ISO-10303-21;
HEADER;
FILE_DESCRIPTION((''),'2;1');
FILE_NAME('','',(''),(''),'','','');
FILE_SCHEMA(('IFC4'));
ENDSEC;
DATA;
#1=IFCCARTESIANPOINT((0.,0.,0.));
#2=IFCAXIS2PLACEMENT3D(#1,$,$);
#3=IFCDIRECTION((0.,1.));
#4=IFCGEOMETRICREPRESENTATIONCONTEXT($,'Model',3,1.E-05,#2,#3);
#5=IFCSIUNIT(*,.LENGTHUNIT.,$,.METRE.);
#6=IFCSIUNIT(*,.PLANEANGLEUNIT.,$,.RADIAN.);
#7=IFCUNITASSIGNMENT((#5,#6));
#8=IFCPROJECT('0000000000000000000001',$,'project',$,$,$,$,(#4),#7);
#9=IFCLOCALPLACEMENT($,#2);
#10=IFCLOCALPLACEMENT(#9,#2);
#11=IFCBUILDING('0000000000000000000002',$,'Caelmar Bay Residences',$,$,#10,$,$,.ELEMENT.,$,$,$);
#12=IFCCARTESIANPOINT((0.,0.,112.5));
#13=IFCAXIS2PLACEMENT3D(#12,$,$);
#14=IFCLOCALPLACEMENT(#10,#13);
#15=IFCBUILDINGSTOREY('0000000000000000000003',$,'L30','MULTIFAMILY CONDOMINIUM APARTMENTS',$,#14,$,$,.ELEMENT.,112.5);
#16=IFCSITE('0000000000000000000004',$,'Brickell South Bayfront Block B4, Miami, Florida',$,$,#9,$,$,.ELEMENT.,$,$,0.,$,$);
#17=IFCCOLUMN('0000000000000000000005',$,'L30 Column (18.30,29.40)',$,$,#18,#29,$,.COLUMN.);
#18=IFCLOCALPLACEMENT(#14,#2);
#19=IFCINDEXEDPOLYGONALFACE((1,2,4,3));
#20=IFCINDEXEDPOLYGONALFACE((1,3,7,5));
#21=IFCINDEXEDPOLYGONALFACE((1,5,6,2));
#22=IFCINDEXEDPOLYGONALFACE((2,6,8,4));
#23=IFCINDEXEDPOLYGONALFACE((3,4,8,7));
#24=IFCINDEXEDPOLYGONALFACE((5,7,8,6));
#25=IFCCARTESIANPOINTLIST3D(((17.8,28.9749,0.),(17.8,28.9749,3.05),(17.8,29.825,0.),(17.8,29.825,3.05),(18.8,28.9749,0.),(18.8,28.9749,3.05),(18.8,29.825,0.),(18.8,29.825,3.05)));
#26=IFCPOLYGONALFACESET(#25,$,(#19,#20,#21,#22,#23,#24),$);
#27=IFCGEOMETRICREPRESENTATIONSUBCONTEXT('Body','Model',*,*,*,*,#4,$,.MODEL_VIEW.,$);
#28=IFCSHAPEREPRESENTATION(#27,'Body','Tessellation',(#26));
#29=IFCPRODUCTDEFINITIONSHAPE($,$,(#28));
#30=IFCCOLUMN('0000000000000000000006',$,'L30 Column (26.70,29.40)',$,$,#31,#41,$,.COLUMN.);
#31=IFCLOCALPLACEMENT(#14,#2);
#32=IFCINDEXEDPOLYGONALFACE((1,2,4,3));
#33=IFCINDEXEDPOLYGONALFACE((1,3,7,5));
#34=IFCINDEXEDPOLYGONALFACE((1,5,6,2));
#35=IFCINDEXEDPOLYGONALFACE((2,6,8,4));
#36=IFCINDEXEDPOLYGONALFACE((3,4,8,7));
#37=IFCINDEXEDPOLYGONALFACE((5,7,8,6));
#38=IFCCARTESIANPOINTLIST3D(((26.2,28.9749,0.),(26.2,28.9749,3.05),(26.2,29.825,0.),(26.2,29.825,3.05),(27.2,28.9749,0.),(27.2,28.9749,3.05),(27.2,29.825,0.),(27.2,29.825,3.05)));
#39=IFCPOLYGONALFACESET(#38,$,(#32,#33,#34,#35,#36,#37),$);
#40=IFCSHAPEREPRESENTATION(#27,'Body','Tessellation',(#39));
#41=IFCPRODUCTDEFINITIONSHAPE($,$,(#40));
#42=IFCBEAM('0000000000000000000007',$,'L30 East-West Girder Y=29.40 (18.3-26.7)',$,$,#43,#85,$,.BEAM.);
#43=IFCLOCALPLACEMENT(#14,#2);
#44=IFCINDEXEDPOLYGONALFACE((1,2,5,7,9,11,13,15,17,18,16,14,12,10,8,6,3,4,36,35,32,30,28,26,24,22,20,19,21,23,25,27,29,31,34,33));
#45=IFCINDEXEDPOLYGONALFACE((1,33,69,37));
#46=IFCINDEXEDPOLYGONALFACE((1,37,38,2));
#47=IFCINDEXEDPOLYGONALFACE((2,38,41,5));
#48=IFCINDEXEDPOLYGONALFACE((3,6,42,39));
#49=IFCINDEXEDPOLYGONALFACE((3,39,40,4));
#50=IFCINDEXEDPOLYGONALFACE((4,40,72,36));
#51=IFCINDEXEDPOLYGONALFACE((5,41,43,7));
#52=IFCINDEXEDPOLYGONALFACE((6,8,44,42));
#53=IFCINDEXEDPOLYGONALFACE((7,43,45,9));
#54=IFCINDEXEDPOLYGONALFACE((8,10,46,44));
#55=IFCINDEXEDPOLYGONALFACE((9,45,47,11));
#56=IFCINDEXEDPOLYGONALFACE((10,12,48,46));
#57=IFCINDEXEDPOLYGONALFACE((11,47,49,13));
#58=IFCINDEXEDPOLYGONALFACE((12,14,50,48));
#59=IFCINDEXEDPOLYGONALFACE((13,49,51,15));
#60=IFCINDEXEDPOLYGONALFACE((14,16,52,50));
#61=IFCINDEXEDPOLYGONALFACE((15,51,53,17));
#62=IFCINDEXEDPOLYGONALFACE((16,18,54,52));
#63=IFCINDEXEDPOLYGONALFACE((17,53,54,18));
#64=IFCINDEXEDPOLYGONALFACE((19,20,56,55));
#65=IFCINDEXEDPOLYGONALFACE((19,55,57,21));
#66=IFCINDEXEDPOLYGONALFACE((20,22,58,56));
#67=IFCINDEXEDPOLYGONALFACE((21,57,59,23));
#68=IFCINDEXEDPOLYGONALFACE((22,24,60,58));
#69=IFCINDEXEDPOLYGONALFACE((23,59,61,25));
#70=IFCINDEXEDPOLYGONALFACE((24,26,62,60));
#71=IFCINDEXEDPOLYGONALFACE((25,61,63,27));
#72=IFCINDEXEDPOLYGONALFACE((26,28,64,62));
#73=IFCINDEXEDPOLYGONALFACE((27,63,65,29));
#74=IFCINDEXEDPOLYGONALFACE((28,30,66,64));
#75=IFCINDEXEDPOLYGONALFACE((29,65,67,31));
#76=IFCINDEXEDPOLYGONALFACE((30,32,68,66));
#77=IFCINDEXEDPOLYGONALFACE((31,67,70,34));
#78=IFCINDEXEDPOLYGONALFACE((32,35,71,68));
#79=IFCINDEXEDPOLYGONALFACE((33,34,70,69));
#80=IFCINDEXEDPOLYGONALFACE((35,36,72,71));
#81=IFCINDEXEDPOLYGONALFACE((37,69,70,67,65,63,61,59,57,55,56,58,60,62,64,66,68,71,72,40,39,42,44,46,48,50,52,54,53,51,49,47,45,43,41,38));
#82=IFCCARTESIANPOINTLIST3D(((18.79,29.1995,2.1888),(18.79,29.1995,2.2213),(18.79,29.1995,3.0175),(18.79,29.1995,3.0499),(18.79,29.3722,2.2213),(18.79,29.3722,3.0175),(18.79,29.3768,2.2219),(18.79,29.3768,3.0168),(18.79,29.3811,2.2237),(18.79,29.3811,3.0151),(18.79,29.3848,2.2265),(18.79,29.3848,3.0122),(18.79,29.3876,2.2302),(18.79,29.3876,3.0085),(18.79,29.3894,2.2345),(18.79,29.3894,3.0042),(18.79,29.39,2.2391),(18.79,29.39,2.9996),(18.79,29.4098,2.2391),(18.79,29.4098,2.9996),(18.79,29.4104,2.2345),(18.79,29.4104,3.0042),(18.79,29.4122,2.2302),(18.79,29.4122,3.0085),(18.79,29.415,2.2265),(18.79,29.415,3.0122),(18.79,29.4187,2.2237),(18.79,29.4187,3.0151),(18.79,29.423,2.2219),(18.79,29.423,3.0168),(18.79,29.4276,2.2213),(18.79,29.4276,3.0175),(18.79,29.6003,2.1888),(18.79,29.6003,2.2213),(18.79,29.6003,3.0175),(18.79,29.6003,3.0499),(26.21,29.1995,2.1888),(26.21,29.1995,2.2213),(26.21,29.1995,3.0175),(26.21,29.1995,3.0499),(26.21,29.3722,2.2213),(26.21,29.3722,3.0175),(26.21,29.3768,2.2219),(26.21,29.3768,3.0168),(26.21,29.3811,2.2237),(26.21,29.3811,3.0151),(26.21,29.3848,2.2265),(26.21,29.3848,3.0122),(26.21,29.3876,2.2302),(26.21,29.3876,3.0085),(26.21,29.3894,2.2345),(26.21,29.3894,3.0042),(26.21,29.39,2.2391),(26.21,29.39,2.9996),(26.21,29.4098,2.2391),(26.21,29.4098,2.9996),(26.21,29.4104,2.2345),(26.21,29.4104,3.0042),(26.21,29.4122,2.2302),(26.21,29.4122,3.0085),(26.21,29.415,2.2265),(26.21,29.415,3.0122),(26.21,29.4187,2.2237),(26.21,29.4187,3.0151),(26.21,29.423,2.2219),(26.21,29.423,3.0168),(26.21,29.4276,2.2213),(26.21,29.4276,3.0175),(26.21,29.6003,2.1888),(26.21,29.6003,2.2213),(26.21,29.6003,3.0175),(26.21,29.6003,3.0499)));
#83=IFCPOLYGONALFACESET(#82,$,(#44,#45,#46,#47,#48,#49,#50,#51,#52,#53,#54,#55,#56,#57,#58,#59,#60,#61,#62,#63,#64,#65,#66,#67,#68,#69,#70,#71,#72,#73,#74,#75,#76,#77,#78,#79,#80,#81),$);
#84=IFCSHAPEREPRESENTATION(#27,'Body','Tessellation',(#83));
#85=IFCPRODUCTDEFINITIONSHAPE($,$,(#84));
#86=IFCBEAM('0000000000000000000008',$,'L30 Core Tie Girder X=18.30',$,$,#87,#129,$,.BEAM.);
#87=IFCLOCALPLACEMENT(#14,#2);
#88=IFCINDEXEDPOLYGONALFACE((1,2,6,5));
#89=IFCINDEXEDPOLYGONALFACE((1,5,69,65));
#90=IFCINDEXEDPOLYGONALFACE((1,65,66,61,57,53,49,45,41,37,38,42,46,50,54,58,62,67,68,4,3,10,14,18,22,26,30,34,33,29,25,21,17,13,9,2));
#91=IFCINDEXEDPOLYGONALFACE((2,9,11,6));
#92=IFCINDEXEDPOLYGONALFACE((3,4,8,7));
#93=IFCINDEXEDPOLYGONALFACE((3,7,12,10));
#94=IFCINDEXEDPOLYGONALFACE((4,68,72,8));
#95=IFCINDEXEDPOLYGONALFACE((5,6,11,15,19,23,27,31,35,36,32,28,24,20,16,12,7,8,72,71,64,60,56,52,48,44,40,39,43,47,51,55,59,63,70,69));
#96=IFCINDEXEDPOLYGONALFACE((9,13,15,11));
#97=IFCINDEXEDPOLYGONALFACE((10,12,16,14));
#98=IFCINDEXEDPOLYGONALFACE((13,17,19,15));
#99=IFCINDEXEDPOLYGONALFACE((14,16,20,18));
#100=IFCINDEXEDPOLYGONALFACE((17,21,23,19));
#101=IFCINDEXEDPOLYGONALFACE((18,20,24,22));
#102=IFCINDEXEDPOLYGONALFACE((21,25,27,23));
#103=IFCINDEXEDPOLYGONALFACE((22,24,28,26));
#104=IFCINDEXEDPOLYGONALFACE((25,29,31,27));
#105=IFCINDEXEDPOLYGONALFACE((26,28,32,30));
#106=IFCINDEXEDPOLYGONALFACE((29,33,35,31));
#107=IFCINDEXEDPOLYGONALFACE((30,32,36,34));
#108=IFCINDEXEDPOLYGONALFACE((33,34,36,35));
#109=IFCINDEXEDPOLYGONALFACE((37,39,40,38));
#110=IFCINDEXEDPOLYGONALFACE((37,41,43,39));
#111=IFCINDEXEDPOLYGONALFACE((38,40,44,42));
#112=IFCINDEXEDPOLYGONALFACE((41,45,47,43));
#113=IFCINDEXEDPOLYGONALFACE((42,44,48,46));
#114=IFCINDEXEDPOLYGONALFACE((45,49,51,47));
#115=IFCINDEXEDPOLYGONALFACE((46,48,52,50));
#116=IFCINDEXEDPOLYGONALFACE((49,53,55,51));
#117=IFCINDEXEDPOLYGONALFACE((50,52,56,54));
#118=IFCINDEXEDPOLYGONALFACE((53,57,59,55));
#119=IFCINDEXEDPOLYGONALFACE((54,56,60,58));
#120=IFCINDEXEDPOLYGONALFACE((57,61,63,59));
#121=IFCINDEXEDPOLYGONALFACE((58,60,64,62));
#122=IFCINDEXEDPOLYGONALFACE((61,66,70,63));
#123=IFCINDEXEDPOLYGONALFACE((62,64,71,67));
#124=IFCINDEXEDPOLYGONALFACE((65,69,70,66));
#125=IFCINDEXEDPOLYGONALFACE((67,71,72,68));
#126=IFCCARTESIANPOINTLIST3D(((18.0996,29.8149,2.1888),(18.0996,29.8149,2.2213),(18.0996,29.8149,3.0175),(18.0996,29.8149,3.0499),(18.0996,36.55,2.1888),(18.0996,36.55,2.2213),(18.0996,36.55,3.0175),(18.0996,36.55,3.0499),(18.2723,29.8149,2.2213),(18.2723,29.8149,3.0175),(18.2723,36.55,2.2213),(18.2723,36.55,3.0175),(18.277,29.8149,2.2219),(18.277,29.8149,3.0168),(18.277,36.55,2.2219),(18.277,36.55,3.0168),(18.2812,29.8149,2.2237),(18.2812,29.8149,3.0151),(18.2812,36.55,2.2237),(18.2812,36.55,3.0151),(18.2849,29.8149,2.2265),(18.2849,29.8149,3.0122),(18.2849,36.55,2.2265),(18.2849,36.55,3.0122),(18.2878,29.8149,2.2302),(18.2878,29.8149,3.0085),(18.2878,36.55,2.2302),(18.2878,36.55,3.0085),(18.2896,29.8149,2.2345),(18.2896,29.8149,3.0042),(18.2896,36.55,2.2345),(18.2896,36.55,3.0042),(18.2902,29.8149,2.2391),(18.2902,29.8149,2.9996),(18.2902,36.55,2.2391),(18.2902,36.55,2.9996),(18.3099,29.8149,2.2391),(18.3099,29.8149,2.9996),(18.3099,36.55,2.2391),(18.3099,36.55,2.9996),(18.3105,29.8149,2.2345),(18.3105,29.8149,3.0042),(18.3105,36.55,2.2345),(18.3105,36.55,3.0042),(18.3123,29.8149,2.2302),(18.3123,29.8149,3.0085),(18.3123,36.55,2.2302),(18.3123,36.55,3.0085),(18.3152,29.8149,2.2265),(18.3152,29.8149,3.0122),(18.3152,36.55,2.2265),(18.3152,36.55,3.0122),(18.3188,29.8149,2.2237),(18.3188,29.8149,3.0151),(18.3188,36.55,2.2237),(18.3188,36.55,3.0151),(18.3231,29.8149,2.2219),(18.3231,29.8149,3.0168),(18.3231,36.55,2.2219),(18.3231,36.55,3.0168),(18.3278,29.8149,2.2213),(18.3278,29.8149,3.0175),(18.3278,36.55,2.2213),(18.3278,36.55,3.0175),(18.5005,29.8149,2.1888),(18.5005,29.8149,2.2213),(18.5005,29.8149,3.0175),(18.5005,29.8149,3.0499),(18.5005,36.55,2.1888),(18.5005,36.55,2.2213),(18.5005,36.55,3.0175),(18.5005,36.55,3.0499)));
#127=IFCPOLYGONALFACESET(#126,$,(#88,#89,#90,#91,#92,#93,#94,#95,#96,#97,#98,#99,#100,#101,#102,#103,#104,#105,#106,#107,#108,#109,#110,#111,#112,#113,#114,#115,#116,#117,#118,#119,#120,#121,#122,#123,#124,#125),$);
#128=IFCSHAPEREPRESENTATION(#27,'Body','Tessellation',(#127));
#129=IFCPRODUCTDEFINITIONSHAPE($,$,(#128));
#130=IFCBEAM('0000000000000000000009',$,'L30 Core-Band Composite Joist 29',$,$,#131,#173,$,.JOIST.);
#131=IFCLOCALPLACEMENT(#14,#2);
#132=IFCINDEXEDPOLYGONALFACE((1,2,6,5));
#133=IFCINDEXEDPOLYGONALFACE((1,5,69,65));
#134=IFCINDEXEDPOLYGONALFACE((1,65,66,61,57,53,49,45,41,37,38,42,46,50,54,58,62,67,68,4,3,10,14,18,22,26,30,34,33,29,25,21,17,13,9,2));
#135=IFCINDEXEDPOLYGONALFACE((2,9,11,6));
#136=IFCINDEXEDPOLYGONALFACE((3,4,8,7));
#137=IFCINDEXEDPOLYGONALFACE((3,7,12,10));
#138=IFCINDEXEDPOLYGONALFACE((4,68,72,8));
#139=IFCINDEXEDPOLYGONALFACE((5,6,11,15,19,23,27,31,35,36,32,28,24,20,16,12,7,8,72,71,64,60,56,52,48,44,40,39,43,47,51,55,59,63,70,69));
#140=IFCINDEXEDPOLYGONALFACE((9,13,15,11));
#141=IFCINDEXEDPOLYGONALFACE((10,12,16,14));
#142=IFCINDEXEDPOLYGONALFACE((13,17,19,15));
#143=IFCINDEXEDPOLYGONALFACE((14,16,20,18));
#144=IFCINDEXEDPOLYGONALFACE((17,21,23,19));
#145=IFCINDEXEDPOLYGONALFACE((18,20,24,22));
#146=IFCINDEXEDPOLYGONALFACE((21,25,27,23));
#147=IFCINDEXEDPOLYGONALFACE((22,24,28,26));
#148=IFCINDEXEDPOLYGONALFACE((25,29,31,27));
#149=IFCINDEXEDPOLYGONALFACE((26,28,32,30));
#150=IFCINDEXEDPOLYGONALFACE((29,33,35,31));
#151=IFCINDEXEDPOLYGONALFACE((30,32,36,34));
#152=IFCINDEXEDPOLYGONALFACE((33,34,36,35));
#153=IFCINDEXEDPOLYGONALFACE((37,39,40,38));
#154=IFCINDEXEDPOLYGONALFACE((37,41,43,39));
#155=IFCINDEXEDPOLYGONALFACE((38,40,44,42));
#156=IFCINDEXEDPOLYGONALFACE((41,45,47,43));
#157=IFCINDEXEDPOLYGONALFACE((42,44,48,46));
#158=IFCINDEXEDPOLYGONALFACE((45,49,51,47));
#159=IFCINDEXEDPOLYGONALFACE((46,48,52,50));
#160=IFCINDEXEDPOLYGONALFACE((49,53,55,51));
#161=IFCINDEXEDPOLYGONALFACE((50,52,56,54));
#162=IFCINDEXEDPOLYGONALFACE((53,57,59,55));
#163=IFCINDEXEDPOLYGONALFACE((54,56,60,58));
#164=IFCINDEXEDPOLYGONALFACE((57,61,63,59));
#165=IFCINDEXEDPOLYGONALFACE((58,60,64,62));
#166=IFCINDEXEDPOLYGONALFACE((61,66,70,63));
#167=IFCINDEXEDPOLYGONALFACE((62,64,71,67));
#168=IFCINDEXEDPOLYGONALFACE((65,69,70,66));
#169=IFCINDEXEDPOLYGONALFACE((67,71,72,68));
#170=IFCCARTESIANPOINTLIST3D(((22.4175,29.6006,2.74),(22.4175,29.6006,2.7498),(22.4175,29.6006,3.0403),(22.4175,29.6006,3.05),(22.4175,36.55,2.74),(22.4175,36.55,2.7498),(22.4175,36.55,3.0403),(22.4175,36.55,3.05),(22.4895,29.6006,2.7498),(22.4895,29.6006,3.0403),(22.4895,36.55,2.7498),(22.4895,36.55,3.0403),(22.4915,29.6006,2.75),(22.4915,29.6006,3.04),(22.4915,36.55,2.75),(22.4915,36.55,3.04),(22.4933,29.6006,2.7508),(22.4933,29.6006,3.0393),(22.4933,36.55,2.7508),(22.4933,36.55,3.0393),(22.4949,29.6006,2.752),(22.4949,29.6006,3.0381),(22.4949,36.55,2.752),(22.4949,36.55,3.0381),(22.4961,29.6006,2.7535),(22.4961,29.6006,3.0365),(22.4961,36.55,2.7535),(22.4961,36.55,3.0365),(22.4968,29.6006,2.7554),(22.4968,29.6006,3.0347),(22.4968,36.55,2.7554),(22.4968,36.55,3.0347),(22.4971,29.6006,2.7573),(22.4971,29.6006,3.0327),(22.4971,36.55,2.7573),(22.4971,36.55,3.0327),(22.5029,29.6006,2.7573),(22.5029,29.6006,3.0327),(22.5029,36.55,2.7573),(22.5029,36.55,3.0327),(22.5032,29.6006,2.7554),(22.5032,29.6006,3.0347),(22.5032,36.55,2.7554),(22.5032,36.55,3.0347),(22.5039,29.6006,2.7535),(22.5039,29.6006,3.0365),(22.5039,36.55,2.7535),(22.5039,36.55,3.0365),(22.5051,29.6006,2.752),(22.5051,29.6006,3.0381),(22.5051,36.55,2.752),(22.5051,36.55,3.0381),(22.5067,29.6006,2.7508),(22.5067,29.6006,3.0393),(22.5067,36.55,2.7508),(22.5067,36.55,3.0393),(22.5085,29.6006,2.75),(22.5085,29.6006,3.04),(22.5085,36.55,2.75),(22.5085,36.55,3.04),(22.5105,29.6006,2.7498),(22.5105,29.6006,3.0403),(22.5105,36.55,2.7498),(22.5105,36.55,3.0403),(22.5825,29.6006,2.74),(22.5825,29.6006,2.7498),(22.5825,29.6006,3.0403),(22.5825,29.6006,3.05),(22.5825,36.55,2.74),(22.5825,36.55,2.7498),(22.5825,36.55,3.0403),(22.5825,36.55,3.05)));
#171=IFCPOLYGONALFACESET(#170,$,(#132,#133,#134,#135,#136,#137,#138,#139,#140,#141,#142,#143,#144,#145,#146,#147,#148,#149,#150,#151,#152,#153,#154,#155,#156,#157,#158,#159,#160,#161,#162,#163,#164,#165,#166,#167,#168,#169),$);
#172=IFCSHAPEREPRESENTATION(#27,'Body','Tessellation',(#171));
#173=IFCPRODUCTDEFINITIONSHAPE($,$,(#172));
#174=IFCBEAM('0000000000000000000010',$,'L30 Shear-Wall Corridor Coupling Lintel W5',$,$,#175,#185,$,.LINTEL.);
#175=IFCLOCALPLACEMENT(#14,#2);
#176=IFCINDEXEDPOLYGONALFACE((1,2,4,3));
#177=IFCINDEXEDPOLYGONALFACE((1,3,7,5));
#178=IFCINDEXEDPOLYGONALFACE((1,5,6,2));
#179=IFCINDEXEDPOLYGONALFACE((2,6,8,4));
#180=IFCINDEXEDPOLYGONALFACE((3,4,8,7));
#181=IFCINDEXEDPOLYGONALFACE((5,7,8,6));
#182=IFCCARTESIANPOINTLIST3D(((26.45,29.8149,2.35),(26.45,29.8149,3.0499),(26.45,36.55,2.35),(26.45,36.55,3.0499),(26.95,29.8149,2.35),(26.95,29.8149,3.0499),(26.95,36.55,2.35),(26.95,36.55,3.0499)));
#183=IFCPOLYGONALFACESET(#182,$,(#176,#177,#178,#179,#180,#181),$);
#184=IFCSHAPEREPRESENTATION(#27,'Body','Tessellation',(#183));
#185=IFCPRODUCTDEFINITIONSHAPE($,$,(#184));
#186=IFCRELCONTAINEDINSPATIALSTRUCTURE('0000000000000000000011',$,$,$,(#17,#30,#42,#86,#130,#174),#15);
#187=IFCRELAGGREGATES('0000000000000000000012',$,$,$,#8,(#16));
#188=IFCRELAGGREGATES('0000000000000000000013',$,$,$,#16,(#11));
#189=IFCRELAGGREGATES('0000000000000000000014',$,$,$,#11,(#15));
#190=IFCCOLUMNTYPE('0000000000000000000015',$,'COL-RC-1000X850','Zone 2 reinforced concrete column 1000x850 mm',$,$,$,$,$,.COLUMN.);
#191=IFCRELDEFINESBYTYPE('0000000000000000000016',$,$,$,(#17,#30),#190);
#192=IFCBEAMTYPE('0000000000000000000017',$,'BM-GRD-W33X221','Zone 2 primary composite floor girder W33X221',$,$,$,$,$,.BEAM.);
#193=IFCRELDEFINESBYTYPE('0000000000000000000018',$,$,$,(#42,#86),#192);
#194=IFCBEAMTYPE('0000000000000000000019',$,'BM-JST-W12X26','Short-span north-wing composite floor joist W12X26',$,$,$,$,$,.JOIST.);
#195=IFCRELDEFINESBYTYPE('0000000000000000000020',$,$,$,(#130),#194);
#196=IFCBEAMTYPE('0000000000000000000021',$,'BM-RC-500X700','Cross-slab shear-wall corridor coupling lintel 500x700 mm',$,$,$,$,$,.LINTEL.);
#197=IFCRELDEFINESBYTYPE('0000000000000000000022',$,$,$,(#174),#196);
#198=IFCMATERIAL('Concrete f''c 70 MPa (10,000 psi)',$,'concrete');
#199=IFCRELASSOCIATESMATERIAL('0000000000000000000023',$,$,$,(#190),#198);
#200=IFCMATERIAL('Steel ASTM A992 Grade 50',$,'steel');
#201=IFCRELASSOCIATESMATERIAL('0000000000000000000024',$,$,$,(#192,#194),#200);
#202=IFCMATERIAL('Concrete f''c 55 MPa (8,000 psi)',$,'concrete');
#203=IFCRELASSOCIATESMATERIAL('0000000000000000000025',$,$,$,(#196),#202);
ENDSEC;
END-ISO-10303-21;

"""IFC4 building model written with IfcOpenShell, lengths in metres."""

from ifc_helpers import new_model, si_unit, direction, frame, origin, origin_2d, place, context, subcontext, project, spatial, rectangle, i_section, extrude, material, material_profile, profile_set, type_object, element, save


model = new_model("IFC4")

# Units and contexts
model_context = context("Model", 3, precision=1e-05, world=origin(), true_north=direction((0.0, 1.0)))
body_context = subcontext(model_context, "Body", "Model", "MODEL_VIEW")
ifc_project = project(units=[si_unit("LENGTHUNIT", "METRE"), si_unit("PLANEANGLEUNIT", "RADIAN")], contexts=[model_context])

# Site, building, storey
site_placement = place(None, origin())
site = spatial("IfcSite", under=ifc_project, at=site_placement, Name="Brickell South Bayfront Block B4, Miami, Florida", CompositionType="ELEMENT", RefElevation=0.0)
building_placement = place(site_placement, origin())
building = spatial("IfcBuilding", under=site, at=building_placement, Name="Caelmar Bay Residences", CompositionType="ELEMENT")
storey_placement = place(building_placement, frame((0.0, 0.0, 112.5)))
storey = spatial("IfcBuildingStorey", under=building, at=storey_placement, Name="L30", Description="MULTIFAMILY CONDOMINIUM APARTMENTS", CompositionType="ELEMENT", Elevation=112.5)

# Columns
ifc_material_1 = material(Name="Concrete f'c 70 MPa (10,000 psi)", Category="concrete")
ifc_material_profile_1 = material_profile(ifc_material_1, rectangle(XDim=1.0, YDim=0.8501, at=origin_2d()), Name="RC-COL-1000X850")
ifc_profile_set_1 = profile_set([ifc_material_profile_1], Name="Concrete f'c 70 MPa (10,000 psi)")
column_type = type_object("IfcColumnType", Name="COL-RC-1000X850", Description="Zone 2 reinforced concrete column 1000x850 mm", PredefinedType="COLUMN", material=ifc_profile_set_1)
for number, where, z_axis, x_axis, name in (
    (1, (18.3, 29.3999, 0.0), (0.0, 0.0, 1.0), (1.0, 0.0, 0.0), "L30 Column (18.30,29.40)"),
    (2, (26.7, 29.3999, 0.0), (0.0, 0.0, 1.0), (1.0, 0.0, 0.0), "L30 Column (26.70,29.40)"),
):
    element("IfcColumn", number, at=place(storey_placement, frame(where, z_axis=z_axis, x_axis=x_axis)), inside=storey, type_object=column_type, Name=name, PredefinedType="COLUMN", context=body_context, shape_type="SweptSolid", body=[
        extrude(rectangle(XDim=1.0, YDim=0.8501, at=origin_2d()), origin(), (0.0, 0.0, 1.0), 3.05),
    ])

# Beams
ifc_material_2 = material(Name="Steel ASTM A992 Grade 50", Category="steel")
ifc_material_profile_2 = material_profile(ifc_material_2, i_section(OverallWidth=0.4009, OverallDepth=0.8611, WebThickness=0.0198, FlangeThickness=0.0325, FilletRadius=0.0178, at=origin_2d()), Name="W33X221")
ifc_profile_set_2 = profile_set([ifc_material_profile_2], Name="Steel ASTM A992 Grade 50")
beam_type_1 = type_object("IfcBeamType", Name="BM-GRD-W33X221", Description="Zone 2 primary composite floor girder W33X221", PredefinedType="BEAM", material=ifc_profile_set_2)
beam_1_placement = place(storey_placement, frame((18.79, 29.3999, 2.6194), z_axis=(1.0, 0.0, 0.0), x_axis=(0.0, 1.0, 0.0)))
element("IfcBeam", 3, at=beam_1_placement, inside=storey, type_object=beam_type_1, Name="L30 East-West Girder Y=29.40 (18.3-26.7)", PredefinedType="BEAM", context=body_context, shape_type="SweptSolid", body=[
    extrude(i_section(OverallWidth=0.4009, OverallDepth=0.8611, WebThickness=0.0198, FlangeThickness=0.0325, FilletRadius=0.0178, at=origin_2d()), origin(), (0.0, 0.0, 1.0), 7.4199),
])
beam_2_placement = place(storey_placement, frame((18.3, 29.8149, 2.6194), z_axis=(0.0, 1.0, 0.0), x_axis=(-1.0, 0.0, 0.0)))
element("IfcBeam", 4, at=beam_2_placement, inside=storey, type_object=beam_type_1, Name="L30 Core Tie Girder X=18.30", PredefinedType="BEAM", context=body_context, shape_type="SweptSolid", body=[
    extrude(i_section(OverallWidth=0.4009, OverallDepth=0.8611, WebThickness=0.0198, FlangeThickness=0.0325, FilletRadius=0.0178, at=origin_2d()), origin(), (0.0, 0.0, 1.0), 6.7351),
])
ifc_material_profile_3 = material_profile(ifc_material_2, i_section(OverallWidth=0.165, OverallDepth=0.3101, WebThickness=0.0059, FlangeThickness=0.0098, FilletRadius=0.0076, at=origin_2d()), Name="W12X26")
ifc_profile_set_3 = profile_set([ifc_material_profile_3], Name="Steel ASTM A992 Grade 50")
beam_type_2 = type_object("IfcBeamType", Name="BM-JST-W12X26", Description="Short-span north-wing composite floor joist W12X26", PredefinedType="JOIST", material=ifc_profile_set_3)
beam_3_placement = place(storey_placement, frame((22.5, 29.6006, 2.895), z_axis=(0.0, 1.0, 0.0), x_axis=(-1.0, 0.0, 0.0)))
element("IfcBeam", 5, at=beam_3_placement, inside=storey, type_object=beam_type_2, Name="L30 Core-Band Composite Joist 29", PredefinedType="JOIST", context=body_context, shape_type="SweptSolid", body=[
    extrude(i_section(OverallWidth=0.165, OverallDepth=0.3101, WebThickness=0.0059, FlangeThickness=0.0098, FilletRadius=0.0076, at=origin_2d()), origin(), (0.0, 0.0, 1.0), 6.9495),
])
ifc_material_3 = material(Name="Concrete f'c 55 MPa (8,000 psi)", Category="concrete")
ifc_material_profile_4 = material_profile(ifc_material_3, rectangle(XDim=0.5, YDim=0.7, at=origin_2d()), Name="RC-BM-500X700")
ifc_profile_set_4 = profile_set([ifc_material_profile_4], Name="Concrete f'c 55 MPa (8,000 psi)")
beam_type_3 = type_object("IfcBeamType", Name="BM-RC-500X700", Description="Cross-slab shear-wall corridor coupling lintel 500x700 mm", PredefinedType="LINTEL", material=ifc_profile_set_4)
beam_4_placement = place(storey_placement, frame((26.7, 29.8149, 2.7), z_axis=(0.0, 1.0, 0.0), x_axis=(-1.0, 0.0, 0.0)))
element("IfcBeam", 6, at=beam_4_placement, inside=storey, type_object=beam_type_3, Name="L30 Shear-Wall Corridor Coupling Lintel W5", PredefinedType="LINTEL", context=body_context, shape_type="SweptSolid", body=[
    extrude(rectangle(XDim=0.5, YDim=0.7, at=origin_2d()), origin(), (0.0, 0.0, 1.0), 6.7351),
])

save(model, "model.ifc")
